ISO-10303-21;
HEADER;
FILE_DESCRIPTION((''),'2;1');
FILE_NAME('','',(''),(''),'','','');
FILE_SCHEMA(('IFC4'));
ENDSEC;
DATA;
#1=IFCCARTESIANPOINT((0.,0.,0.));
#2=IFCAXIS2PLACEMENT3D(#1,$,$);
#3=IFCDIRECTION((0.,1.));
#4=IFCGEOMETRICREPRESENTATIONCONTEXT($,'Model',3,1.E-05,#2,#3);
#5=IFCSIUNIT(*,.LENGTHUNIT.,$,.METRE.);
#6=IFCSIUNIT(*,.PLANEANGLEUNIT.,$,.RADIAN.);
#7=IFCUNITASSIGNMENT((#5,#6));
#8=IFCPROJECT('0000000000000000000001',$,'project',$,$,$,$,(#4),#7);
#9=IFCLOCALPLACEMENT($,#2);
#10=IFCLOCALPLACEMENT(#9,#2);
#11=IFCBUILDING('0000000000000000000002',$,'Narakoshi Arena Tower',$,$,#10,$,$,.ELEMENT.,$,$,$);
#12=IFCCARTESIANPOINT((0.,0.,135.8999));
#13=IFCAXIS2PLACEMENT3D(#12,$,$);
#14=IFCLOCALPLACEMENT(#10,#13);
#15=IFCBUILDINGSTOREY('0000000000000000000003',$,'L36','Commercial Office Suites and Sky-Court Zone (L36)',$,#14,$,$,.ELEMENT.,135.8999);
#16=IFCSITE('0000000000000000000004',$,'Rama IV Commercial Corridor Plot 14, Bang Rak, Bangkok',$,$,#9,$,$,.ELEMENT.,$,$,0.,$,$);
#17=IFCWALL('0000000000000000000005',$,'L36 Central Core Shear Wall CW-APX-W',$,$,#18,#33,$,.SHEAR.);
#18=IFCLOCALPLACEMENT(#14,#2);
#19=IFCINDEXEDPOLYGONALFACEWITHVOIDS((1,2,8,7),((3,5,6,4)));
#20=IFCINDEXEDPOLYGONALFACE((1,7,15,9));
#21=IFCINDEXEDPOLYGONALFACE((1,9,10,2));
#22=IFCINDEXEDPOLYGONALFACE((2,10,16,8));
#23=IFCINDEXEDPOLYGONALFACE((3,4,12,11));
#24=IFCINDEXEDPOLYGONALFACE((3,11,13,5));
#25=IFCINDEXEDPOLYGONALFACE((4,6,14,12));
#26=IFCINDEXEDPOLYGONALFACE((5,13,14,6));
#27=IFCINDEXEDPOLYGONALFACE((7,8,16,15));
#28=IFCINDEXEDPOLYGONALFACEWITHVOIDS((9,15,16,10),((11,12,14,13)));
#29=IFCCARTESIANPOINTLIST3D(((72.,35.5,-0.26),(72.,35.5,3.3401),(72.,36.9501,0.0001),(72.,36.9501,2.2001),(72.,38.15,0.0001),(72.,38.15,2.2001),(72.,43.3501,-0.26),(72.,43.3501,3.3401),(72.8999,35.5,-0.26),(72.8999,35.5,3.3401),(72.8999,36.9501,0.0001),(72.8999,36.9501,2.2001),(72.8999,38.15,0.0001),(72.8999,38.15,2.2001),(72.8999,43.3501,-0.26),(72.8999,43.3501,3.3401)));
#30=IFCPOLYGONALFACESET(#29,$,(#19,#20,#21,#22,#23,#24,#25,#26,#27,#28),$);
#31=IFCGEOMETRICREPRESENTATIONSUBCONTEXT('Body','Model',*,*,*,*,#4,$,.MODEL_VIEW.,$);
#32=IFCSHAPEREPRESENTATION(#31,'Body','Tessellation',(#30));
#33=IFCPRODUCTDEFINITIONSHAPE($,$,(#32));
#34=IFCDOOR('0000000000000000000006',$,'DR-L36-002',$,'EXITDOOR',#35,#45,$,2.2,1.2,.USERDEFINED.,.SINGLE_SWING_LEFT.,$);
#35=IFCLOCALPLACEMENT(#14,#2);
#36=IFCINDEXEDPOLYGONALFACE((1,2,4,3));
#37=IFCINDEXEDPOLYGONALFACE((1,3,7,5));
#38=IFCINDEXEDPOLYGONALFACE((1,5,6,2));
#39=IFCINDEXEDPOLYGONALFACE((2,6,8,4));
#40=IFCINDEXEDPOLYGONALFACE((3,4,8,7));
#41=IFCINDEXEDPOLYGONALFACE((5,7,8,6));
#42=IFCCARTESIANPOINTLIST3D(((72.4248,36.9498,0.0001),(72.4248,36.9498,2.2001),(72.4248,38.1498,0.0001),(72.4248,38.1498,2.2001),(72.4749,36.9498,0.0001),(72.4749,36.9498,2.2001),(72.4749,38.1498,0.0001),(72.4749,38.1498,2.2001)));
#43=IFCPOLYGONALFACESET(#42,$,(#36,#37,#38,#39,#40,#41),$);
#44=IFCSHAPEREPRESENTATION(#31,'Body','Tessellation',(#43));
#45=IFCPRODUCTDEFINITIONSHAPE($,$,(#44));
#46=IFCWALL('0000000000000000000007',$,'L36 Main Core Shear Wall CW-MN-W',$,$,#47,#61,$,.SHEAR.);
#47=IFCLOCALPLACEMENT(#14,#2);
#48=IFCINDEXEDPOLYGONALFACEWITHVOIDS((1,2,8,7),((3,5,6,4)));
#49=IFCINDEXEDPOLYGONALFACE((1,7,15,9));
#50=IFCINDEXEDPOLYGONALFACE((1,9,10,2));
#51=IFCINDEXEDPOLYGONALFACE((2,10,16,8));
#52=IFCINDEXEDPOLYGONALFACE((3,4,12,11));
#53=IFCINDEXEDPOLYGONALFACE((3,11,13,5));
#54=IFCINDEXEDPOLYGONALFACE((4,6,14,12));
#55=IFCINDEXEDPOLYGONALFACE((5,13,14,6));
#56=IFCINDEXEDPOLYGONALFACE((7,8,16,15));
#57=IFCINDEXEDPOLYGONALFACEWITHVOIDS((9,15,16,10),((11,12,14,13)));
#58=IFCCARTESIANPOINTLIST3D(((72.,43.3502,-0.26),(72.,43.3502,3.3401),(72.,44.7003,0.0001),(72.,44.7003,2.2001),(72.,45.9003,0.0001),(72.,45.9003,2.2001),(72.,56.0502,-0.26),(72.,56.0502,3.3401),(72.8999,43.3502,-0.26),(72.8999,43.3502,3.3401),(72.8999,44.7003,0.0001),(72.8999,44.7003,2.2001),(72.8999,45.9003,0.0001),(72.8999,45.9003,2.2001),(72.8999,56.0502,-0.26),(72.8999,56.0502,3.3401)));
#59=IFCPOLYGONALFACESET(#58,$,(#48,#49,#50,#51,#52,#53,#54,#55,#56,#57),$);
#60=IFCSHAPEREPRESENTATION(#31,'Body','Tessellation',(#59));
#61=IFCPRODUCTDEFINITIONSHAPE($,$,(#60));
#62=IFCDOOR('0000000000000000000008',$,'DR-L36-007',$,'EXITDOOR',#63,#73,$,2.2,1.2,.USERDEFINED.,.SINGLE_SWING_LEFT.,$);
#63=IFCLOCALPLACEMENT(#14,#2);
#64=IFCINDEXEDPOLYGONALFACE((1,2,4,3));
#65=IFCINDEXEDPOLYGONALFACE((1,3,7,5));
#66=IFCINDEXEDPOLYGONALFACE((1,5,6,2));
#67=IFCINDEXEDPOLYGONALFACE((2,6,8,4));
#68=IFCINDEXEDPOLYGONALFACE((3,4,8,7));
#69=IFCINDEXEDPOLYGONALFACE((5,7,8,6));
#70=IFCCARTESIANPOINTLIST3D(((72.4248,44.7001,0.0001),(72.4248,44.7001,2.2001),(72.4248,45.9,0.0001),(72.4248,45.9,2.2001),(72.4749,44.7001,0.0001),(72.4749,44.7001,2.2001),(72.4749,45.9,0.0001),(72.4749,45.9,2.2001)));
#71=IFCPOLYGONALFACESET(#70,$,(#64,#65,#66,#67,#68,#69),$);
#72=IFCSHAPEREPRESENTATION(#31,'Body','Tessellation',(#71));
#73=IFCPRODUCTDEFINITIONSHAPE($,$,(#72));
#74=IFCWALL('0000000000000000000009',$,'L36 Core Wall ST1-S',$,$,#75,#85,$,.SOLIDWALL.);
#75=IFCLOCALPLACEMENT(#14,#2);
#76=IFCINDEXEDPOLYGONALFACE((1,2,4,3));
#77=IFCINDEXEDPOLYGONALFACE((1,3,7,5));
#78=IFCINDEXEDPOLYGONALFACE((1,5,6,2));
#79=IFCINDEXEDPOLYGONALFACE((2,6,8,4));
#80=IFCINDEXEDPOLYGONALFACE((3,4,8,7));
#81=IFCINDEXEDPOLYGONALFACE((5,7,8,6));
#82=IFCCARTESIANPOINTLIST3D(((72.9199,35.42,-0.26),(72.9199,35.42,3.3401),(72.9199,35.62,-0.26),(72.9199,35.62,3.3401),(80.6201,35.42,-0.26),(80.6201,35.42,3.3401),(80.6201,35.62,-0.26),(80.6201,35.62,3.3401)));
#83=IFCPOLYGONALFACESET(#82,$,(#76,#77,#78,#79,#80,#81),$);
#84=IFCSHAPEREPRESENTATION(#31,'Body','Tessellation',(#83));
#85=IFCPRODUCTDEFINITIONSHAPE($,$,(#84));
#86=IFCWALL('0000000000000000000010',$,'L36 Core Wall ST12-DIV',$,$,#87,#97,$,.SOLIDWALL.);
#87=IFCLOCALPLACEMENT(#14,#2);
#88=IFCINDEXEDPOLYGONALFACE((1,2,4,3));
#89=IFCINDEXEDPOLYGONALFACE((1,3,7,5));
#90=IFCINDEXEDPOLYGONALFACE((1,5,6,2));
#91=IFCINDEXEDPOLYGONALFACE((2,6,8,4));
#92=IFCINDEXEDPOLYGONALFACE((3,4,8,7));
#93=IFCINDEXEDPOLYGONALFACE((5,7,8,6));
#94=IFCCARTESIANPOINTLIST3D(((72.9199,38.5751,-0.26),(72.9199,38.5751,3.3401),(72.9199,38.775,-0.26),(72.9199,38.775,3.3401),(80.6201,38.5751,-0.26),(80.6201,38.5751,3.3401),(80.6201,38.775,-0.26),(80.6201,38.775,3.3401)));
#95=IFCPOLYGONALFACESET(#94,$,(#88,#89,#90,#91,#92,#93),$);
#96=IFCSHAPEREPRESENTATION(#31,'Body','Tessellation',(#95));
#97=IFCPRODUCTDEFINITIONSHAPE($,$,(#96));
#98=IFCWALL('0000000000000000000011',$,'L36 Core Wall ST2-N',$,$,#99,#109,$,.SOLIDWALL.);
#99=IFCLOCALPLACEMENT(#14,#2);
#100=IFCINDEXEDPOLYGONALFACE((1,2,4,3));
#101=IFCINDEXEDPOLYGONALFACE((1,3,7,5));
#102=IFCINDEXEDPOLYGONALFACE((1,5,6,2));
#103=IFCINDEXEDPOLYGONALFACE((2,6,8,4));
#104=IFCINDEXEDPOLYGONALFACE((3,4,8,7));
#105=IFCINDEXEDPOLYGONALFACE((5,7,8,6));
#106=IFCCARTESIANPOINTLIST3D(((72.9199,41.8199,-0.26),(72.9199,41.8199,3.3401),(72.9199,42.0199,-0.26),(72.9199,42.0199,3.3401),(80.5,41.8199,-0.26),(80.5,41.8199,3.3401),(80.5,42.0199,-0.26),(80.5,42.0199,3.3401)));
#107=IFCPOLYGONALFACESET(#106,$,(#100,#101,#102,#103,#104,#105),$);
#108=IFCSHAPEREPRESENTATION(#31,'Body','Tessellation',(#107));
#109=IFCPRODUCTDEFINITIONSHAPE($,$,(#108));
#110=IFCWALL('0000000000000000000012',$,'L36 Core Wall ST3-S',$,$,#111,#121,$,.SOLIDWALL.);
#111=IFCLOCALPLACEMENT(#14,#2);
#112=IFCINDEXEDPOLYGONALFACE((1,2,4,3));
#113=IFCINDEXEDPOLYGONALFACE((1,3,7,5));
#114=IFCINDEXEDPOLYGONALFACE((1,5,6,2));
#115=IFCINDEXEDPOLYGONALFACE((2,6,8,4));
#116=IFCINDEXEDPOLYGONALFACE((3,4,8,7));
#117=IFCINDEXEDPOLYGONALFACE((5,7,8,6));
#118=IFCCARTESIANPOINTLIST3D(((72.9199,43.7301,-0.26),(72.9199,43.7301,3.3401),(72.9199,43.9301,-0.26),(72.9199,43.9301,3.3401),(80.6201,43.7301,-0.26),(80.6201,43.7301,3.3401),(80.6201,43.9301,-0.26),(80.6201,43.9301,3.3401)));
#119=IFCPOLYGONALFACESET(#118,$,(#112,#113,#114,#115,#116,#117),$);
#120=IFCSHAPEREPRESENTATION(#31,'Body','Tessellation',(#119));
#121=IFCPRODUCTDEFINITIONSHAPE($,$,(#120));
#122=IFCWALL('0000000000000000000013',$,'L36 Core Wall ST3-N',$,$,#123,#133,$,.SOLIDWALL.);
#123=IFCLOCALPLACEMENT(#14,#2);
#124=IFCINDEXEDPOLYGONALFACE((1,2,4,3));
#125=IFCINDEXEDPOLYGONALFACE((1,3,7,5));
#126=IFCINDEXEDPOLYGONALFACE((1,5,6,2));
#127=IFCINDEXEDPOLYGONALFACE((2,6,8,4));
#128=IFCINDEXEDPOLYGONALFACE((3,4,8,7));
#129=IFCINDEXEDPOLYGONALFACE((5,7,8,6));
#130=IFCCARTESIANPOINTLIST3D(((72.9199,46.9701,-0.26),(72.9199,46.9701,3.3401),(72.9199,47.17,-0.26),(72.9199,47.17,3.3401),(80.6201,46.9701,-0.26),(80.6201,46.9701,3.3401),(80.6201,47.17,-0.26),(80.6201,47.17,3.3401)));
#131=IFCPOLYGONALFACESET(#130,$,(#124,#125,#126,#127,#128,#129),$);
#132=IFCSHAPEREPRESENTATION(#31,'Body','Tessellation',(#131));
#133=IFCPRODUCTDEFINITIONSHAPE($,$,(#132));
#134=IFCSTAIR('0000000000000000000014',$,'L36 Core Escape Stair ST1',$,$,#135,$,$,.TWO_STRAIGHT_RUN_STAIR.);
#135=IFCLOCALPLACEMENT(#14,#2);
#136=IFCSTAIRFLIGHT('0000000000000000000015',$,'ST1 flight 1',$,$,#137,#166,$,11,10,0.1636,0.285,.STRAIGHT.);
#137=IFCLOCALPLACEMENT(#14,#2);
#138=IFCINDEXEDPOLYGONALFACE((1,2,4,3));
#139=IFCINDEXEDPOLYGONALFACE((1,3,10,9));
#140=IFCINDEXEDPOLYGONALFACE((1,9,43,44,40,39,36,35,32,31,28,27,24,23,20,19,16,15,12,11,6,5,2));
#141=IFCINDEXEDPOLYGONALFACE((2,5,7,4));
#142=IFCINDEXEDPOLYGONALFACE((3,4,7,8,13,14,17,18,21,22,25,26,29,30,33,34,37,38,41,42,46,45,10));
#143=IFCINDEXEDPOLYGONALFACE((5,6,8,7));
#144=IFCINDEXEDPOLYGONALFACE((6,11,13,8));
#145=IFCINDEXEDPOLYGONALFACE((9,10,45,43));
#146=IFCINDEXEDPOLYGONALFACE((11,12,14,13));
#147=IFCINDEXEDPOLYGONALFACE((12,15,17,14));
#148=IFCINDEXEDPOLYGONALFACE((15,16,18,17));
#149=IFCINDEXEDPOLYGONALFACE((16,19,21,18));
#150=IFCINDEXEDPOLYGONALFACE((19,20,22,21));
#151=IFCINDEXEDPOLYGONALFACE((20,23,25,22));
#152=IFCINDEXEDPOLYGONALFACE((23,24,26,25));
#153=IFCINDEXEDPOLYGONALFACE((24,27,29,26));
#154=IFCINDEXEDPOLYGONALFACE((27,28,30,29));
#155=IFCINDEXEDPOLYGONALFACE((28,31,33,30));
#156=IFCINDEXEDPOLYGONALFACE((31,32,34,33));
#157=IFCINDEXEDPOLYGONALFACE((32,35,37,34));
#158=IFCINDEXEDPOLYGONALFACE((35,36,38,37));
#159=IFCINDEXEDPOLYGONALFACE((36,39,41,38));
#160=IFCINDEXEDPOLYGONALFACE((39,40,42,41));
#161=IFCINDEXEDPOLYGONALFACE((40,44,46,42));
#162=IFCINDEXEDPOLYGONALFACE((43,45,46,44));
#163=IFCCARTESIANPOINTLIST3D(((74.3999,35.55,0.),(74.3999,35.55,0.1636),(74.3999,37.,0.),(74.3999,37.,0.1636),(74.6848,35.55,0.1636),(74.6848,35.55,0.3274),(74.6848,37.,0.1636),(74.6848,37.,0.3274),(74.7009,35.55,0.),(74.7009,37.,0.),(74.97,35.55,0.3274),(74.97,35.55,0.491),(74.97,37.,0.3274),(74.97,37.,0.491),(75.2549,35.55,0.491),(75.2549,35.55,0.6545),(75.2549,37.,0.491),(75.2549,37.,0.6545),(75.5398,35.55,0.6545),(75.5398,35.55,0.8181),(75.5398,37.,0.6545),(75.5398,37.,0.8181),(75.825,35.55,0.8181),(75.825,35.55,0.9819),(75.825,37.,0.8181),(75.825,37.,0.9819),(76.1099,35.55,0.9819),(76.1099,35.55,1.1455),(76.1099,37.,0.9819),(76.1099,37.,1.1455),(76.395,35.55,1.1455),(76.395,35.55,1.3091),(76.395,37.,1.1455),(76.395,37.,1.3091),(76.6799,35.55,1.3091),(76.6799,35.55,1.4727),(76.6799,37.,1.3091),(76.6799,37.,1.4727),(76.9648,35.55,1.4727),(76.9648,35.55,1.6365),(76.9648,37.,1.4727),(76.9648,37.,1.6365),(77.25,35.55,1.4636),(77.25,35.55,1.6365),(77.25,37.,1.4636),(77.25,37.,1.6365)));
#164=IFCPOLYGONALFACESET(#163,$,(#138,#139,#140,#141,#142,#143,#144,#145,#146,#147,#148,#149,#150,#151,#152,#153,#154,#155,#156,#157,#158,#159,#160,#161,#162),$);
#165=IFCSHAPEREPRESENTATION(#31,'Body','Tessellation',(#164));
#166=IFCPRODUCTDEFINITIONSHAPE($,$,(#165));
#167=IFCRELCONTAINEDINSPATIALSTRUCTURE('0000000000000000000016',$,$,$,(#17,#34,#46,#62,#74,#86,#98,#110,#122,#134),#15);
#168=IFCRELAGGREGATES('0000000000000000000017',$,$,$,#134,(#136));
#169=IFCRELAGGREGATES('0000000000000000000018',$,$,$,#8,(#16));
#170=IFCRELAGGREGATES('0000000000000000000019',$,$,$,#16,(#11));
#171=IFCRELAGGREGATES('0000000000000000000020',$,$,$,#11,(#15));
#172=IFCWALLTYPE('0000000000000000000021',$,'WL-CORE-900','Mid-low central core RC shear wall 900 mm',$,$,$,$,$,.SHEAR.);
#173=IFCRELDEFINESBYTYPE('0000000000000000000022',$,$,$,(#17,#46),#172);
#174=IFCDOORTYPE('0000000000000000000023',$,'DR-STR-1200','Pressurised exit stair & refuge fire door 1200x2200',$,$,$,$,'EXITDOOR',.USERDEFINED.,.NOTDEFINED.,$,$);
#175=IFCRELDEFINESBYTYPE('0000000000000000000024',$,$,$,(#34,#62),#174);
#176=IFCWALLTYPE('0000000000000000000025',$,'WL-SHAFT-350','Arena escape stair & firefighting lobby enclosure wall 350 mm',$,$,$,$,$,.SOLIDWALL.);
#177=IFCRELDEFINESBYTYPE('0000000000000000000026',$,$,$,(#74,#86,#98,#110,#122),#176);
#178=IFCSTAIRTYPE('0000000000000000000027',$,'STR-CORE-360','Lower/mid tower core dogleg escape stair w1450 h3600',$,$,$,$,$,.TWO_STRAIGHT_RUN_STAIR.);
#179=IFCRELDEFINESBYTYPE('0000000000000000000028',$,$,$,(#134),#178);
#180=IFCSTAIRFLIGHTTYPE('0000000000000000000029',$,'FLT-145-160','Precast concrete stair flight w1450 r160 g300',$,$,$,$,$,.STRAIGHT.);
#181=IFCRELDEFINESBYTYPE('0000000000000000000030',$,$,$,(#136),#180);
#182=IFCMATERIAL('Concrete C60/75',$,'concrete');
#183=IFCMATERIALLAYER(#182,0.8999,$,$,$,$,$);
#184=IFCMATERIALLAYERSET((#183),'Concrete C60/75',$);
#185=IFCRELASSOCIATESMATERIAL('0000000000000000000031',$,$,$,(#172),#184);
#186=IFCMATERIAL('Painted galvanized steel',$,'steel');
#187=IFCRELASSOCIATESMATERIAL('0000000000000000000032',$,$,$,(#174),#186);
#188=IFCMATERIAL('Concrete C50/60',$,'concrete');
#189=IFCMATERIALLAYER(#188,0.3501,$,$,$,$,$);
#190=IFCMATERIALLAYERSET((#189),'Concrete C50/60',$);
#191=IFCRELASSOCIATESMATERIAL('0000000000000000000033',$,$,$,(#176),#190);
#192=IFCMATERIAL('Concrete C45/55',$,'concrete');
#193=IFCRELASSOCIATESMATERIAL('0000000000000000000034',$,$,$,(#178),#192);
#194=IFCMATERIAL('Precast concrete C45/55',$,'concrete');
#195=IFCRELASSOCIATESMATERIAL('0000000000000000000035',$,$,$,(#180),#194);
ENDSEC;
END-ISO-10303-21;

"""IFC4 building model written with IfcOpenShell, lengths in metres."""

from ifc_helpers import new_model, si_unit, direction, frame, frame_2d, origin, place, context, subcontext, project, spatial, polyline, rectangle, outline, extrude, material, layer, layer_set, type_object, element, fill, aggregate, save


model = new_model("IFC4")

# Units and contexts
model_context = context("Model", 3, precision=1e-05, world=origin(), true_north=direction((0.0, 1.0)))
body_context = subcontext(model_context, "Body", "Model", "MODEL_VIEW")
ifc_project = project(units=[si_unit("LENGTHUNIT", "METRE"), si_unit("PLANEANGLEUNIT", "RADIAN")], contexts=[model_context])

# Site, building, storey
site_placement = place(None, origin())
site = spatial("IfcSite", under=ifc_project, at=site_placement, Name="Rama IV Commercial Corridor Plot 14, Bang Rak, Bangkok", CompositionType="ELEMENT", RefElevation=0.0)
building_placement = place(site_placement, origin())
building = spatial("IfcBuilding", under=site, at=building_placement, Name="Narakoshi Arena Tower", CompositionType="ELEMENT")
storey_placement = place(building_placement, frame((0.0, 0.0, 135.8999)))
storey = spatial("IfcBuildingStorey", under=building, at=storey_placement, Name="L36", Description="Commercial Office Suites and Sky-Court Zone (L36)", CompositionType="ELEMENT", Elevation=135.8999)

# Walls, openings, doors
ifc_material_1 = material(Name="Concrete C60/75", Category="concrete")
ifc_layer_1 = layer(ifc_material_1, 0.8999)
ifc_layer_set_1 = layer_set([ifc_layer_1], Name="Concrete C60/75")
wall_type_1 = type_object("IfcWallType", Name="WL-CORE-900", Description="Mid-low central core RC shear wall 900 mm", PredefinedType="SHEAR", material=ifc_layer_set_1)
wall_1_placement = place(storey_placement, frame((72.45, 35.5, -0.26), z_axis=(0.0, 0.0, 1.0), x_axis=(0.0, 1.0, 0.0)))
wall_1 = element("IfcWall", 1, at=wall_1_placement, inside=storey, type_object=wall_type_1, Name="L36 Central Core Shear Wall CW-APX-W", PredefinedType="SHEAR", context=body_context, shape_type="SweptSolid", body=[
    extrude(rectangle(XDim=7.8501, YDim=0.8999, at=frame_2d((3.925, 0.0))), origin(), (0.0, 0.0, 1.0), 3.6001),
])
opening_1_placement = place(wall_1_placement, frame((1.45, 0.0, 0.26)))
opening_1 = element("IfcOpeningElement", 2, at=opening_1_placement, cuts=wall_1, PredefinedType="OPENING", context=body_context, shape_type="SweptSolid", body=[
    extrude(rectangle(XDim=1.2, YDim=2.2, at=frame_2d((0.6001, 1.1001))), frame((0.0, 0.46, 0.0), z_axis=(0.0, -1.0, 0.0), x_axis=(1.0, 0.0, 0.0)), (0.0, 0.0, 1.0), 0.9199),
])
ifc_material_2 = material(Name="Painted galvanized steel", Category="steel")
door_type = type_object("IfcDoorType", Name="DR-STR-1200", Description="Pressurised exit stair & refuge fire door 1200x2200", ElementType="EXITDOOR", OperationType="NOTDEFINED", PredefinedType="USERDEFINED", material=ifc_material_2)
door_1_placement = place(opening_1_placement, frame((1.2, 0.0, 0.0), z_axis=(0.0, 0.0, 1.0), x_axis=(-1.0, 0.0, 0.0)))
door_1 = element("IfcDoor", 3, at=door_1_placement, inside=storey, type_object=door_type, Name="DR-L36-002", ObjectType="EXITDOOR", OperationType="SINGLE_SWING_LEFT", OverallHeight=2.2, OverallWidth=1.2, PredefinedType="USERDEFINED", context=body_context, shape_type="SweptSolid", body=[
    extrude(rectangle(XDim=1.2, YDim=2.2, at=frame_2d((0.6001, 1.1001))), frame((0.0, 0.0249, 0.0), z_axis=(0.0, -1.0, 0.0), x_axis=(1.0, 0.0, 0.0)), (0.0, 0.0, 1.0), 0.05),
])
fill(opening_1, door_1)
wall_2_placement = place(storey_placement, frame((72.45, 43.3501, -0.26), z_axis=(0.0, 0.0, 1.0), x_axis=(0.0, 1.0, 0.0)))
wall_2 = element("IfcWall", 4, at=wall_2_placement, inside=storey, type_object=wall_type_1, Name="L36 Main Core Shear Wall CW-MN-W", PredefinedType="SHEAR", context=body_context, shape_type="SweptSolid", body=[
    extrude(rectangle(XDim=12.7, YDim=0.8999, at=frame_2d((6.3501, 0.0))), origin(), (0.0, 0.0, 1.0), 3.6001),
])
opening_2_placement = place(wall_2_placement, frame((1.3501, 0.0, 0.26)))
opening_2 = element("IfcOpeningElement", 5, at=opening_2_placement, cuts=wall_2, PredefinedType="OPENING", context=body_context, shape_type="SweptSolid", body=[
    extrude(rectangle(XDim=1.2, YDim=2.2, at=frame_2d((0.6001, 1.1001))), frame((0.0, 0.46, 0.0), z_axis=(0.0, -1.0, 0.0), x_axis=(1.0, 0.0, 0.0)), (0.0, 0.0, 1.0), 0.9199),
])
door_2_placement = place(opening_2_placement, frame((1.2, 0.0, 0.0), z_axis=(0.0, 0.0, 1.0), x_axis=(-1.0, 0.0, 0.0)))
door_2 = element("IfcDoor", 6, at=door_2_placement, inside=storey, type_object=door_type, Name="DR-L36-007", ObjectType="EXITDOOR", OperationType="SINGLE_SWING_LEFT", OverallHeight=2.2, OverallWidth=1.2, PredefinedType="USERDEFINED", context=body_context, shape_type="SweptSolid", body=[
    extrude(rectangle(XDim=1.2, YDim=2.2, at=frame_2d((0.6001, 1.1001))), frame((0.0, 0.0249, 0.0), z_axis=(0.0, -1.0, 0.0), x_axis=(1.0, 0.0, 0.0)), (0.0, 0.0, 1.0), 0.05),
])
fill(opening_2, door_2)

# Walls
ifc_material_3 = material(Name="Concrete C50/60", Category="concrete")
ifc_layer_2 = layer(ifc_material_3, 0.3501)
ifc_layer_set_2 = layer_set([ifc_layer_2], Name="Concrete C50/60")
wall_type_2 = type_object("IfcWallType", Name="WL-SHAFT-350", Description="Arena escape stair & firefighting lobby enclosure wall 350 mm", PredefinedType="SOLIDWALL", material=ifc_layer_set_2)
for number, where, z_axis, x_axis, name in (
    (7, (72.9199, 35.52, -0.26), (0.0, 0.0, 1.0), (1.0, 0.0, 0.0), "L36 Core Wall ST1-S"),
    (8, (72.9199, 38.675, -0.26), (0.0, 0.0, 1.0), (1.0, 0.0, 0.0), "L36 Core Wall ST12-DIV"),
):
    element("IfcWall", number, at=place(storey_placement, frame(where, z_axis=z_axis, x_axis=x_axis)), inside=storey, type_object=wall_type_2, Name=name, PredefinedType="SOLIDWALL", context=body_context, shape_type="SweptSolid", body=[
        extrude(rectangle(XDim=7.7002, YDim=0.2, at=frame_2d((3.8501, 0.0))), origin(), (0.0, 0.0, 1.0), 3.6001),
    ])
wall_3_placement = place(storey_placement, frame((72.9199, 41.9199, -0.26), z_axis=(0.0, 0.0, 1.0), x_axis=(1.0, 0.0, 0.0)))
element("IfcWall", 9, at=wall_3_placement, inside=storey, type_object=wall_type_2, Name="L36 Core Wall ST2-N", PredefinedType="SOLIDWALL", context=body_context, shape_type="SweptSolid", body=[
    extrude(rectangle(XDim=7.5801, YDim=0.2, at=frame_2d((3.79, 0.0))), origin(), (0.0, 0.0, 1.0), 3.6001),
])
for number, where, z_axis, x_axis, name in (
    (10, (72.9199, 43.8301, -0.26), (0.0, 0.0, 1.0), (1.0, 0.0, 0.0), "L36 Core Wall ST3-S"),
    (11, (72.9199, 47.0701, -0.26), (0.0, 0.0, 1.0), (1.0, 0.0, 0.0), "L36 Core Wall ST3-N"),
):
    element("IfcWall", number, at=place(storey_placement, frame(where, z_axis=z_axis, x_axis=x_axis)), inside=storey, type_object=wall_type_2, Name=name, PredefinedType="SOLIDWALL", context=body_context, shape_type="SweptSolid", body=[
        extrude(rectangle(XDim=7.7002, YDim=0.2, at=frame_2d((3.8501, 0.0))), origin(), (0.0, 0.0, 1.0), 3.6001),
    ])

# Stair, stair flight
ifc_material_4 = material(Name="Concrete C45/55", Category="concrete")
stair_type = type_object("IfcStairType", Name="STR-CORE-360", Description="Lower/mid tower core dogleg escape stair w1450 h3600", PredefinedType="TWO_STRAIGHT_RUN_STAIR", material=ifc_material_4)
stair_1_placement = place(storey_placement, origin())
stair_1 = element("IfcStair", 12, at=stair_1_placement, inside=storey, type_object=stair_type, Name="L36 Core Escape Stair ST1", PredefinedType="TWO_STRAIGHT_RUN_STAIR")
ifc_material_5 = material(Name="Precast concrete C45/55", Category="concrete")
stair_flight_type = type_object("IfcStairFlightType", Name="FLT-145-160", Description="Precast concrete stair flight w1450 r160 g300", PredefinedType="STRAIGHT", material=ifc_material_5)
stair_flight_1_placement = place(storey_placement, frame((74.3999, 36.2749, 0.0), z_axis=(0.0, 0.0, 1.0), x_axis=(1.0, 0.0, 0.0)))
stair_flight_1 = element("IfcStairFlight", 13, at=stair_flight_1_placement, type_object=stair_flight_type, Name="ST1 flight 1", NumberOfRisers=11, NumberOfTreads=10, PredefinedType="STRAIGHT", RiserHeight=0.1636, TreadLength=0.285, context=body_context, shape_type="SweptSolid", body=[
    extrude(outline(polyline([(0.0, 0.0), (0.0, 0.1636), (0.2849, 0.1636), (0.2849, 0.3274), (0.5701, 0.3274), (0.5701, 0.491), (0.855, 0.491), (0.855, 0.6545), (1.1399, 0.6545), (1.1399, 0.8181), (1.425, 0.8181), (1.425, 0.9819), (1.71, 0.9819), (1.71, 1.1455), (1.9951, 1.1455), (1.9951, 1.3091), (2.28, 1.3091), (2.28, 1.4727), (2.5649, 1.4727), (2.5649, 1.6365), (2.8501, 1.6365), (2.8501, 1.8), (2.8501, 1.4636), (0.301, 0.0), (0.0, 0.0)])), frame((0.0, 0.7251, 0.0), z_axis=(0.0, -1.0, 0.0), x_axis=(1.0, 0.0, 0.0)), (0.0, 0.0, 1.0), 1.45),
])
aggregate(stair_1, [stair_flight_1])

save(model, "model.ifc")
